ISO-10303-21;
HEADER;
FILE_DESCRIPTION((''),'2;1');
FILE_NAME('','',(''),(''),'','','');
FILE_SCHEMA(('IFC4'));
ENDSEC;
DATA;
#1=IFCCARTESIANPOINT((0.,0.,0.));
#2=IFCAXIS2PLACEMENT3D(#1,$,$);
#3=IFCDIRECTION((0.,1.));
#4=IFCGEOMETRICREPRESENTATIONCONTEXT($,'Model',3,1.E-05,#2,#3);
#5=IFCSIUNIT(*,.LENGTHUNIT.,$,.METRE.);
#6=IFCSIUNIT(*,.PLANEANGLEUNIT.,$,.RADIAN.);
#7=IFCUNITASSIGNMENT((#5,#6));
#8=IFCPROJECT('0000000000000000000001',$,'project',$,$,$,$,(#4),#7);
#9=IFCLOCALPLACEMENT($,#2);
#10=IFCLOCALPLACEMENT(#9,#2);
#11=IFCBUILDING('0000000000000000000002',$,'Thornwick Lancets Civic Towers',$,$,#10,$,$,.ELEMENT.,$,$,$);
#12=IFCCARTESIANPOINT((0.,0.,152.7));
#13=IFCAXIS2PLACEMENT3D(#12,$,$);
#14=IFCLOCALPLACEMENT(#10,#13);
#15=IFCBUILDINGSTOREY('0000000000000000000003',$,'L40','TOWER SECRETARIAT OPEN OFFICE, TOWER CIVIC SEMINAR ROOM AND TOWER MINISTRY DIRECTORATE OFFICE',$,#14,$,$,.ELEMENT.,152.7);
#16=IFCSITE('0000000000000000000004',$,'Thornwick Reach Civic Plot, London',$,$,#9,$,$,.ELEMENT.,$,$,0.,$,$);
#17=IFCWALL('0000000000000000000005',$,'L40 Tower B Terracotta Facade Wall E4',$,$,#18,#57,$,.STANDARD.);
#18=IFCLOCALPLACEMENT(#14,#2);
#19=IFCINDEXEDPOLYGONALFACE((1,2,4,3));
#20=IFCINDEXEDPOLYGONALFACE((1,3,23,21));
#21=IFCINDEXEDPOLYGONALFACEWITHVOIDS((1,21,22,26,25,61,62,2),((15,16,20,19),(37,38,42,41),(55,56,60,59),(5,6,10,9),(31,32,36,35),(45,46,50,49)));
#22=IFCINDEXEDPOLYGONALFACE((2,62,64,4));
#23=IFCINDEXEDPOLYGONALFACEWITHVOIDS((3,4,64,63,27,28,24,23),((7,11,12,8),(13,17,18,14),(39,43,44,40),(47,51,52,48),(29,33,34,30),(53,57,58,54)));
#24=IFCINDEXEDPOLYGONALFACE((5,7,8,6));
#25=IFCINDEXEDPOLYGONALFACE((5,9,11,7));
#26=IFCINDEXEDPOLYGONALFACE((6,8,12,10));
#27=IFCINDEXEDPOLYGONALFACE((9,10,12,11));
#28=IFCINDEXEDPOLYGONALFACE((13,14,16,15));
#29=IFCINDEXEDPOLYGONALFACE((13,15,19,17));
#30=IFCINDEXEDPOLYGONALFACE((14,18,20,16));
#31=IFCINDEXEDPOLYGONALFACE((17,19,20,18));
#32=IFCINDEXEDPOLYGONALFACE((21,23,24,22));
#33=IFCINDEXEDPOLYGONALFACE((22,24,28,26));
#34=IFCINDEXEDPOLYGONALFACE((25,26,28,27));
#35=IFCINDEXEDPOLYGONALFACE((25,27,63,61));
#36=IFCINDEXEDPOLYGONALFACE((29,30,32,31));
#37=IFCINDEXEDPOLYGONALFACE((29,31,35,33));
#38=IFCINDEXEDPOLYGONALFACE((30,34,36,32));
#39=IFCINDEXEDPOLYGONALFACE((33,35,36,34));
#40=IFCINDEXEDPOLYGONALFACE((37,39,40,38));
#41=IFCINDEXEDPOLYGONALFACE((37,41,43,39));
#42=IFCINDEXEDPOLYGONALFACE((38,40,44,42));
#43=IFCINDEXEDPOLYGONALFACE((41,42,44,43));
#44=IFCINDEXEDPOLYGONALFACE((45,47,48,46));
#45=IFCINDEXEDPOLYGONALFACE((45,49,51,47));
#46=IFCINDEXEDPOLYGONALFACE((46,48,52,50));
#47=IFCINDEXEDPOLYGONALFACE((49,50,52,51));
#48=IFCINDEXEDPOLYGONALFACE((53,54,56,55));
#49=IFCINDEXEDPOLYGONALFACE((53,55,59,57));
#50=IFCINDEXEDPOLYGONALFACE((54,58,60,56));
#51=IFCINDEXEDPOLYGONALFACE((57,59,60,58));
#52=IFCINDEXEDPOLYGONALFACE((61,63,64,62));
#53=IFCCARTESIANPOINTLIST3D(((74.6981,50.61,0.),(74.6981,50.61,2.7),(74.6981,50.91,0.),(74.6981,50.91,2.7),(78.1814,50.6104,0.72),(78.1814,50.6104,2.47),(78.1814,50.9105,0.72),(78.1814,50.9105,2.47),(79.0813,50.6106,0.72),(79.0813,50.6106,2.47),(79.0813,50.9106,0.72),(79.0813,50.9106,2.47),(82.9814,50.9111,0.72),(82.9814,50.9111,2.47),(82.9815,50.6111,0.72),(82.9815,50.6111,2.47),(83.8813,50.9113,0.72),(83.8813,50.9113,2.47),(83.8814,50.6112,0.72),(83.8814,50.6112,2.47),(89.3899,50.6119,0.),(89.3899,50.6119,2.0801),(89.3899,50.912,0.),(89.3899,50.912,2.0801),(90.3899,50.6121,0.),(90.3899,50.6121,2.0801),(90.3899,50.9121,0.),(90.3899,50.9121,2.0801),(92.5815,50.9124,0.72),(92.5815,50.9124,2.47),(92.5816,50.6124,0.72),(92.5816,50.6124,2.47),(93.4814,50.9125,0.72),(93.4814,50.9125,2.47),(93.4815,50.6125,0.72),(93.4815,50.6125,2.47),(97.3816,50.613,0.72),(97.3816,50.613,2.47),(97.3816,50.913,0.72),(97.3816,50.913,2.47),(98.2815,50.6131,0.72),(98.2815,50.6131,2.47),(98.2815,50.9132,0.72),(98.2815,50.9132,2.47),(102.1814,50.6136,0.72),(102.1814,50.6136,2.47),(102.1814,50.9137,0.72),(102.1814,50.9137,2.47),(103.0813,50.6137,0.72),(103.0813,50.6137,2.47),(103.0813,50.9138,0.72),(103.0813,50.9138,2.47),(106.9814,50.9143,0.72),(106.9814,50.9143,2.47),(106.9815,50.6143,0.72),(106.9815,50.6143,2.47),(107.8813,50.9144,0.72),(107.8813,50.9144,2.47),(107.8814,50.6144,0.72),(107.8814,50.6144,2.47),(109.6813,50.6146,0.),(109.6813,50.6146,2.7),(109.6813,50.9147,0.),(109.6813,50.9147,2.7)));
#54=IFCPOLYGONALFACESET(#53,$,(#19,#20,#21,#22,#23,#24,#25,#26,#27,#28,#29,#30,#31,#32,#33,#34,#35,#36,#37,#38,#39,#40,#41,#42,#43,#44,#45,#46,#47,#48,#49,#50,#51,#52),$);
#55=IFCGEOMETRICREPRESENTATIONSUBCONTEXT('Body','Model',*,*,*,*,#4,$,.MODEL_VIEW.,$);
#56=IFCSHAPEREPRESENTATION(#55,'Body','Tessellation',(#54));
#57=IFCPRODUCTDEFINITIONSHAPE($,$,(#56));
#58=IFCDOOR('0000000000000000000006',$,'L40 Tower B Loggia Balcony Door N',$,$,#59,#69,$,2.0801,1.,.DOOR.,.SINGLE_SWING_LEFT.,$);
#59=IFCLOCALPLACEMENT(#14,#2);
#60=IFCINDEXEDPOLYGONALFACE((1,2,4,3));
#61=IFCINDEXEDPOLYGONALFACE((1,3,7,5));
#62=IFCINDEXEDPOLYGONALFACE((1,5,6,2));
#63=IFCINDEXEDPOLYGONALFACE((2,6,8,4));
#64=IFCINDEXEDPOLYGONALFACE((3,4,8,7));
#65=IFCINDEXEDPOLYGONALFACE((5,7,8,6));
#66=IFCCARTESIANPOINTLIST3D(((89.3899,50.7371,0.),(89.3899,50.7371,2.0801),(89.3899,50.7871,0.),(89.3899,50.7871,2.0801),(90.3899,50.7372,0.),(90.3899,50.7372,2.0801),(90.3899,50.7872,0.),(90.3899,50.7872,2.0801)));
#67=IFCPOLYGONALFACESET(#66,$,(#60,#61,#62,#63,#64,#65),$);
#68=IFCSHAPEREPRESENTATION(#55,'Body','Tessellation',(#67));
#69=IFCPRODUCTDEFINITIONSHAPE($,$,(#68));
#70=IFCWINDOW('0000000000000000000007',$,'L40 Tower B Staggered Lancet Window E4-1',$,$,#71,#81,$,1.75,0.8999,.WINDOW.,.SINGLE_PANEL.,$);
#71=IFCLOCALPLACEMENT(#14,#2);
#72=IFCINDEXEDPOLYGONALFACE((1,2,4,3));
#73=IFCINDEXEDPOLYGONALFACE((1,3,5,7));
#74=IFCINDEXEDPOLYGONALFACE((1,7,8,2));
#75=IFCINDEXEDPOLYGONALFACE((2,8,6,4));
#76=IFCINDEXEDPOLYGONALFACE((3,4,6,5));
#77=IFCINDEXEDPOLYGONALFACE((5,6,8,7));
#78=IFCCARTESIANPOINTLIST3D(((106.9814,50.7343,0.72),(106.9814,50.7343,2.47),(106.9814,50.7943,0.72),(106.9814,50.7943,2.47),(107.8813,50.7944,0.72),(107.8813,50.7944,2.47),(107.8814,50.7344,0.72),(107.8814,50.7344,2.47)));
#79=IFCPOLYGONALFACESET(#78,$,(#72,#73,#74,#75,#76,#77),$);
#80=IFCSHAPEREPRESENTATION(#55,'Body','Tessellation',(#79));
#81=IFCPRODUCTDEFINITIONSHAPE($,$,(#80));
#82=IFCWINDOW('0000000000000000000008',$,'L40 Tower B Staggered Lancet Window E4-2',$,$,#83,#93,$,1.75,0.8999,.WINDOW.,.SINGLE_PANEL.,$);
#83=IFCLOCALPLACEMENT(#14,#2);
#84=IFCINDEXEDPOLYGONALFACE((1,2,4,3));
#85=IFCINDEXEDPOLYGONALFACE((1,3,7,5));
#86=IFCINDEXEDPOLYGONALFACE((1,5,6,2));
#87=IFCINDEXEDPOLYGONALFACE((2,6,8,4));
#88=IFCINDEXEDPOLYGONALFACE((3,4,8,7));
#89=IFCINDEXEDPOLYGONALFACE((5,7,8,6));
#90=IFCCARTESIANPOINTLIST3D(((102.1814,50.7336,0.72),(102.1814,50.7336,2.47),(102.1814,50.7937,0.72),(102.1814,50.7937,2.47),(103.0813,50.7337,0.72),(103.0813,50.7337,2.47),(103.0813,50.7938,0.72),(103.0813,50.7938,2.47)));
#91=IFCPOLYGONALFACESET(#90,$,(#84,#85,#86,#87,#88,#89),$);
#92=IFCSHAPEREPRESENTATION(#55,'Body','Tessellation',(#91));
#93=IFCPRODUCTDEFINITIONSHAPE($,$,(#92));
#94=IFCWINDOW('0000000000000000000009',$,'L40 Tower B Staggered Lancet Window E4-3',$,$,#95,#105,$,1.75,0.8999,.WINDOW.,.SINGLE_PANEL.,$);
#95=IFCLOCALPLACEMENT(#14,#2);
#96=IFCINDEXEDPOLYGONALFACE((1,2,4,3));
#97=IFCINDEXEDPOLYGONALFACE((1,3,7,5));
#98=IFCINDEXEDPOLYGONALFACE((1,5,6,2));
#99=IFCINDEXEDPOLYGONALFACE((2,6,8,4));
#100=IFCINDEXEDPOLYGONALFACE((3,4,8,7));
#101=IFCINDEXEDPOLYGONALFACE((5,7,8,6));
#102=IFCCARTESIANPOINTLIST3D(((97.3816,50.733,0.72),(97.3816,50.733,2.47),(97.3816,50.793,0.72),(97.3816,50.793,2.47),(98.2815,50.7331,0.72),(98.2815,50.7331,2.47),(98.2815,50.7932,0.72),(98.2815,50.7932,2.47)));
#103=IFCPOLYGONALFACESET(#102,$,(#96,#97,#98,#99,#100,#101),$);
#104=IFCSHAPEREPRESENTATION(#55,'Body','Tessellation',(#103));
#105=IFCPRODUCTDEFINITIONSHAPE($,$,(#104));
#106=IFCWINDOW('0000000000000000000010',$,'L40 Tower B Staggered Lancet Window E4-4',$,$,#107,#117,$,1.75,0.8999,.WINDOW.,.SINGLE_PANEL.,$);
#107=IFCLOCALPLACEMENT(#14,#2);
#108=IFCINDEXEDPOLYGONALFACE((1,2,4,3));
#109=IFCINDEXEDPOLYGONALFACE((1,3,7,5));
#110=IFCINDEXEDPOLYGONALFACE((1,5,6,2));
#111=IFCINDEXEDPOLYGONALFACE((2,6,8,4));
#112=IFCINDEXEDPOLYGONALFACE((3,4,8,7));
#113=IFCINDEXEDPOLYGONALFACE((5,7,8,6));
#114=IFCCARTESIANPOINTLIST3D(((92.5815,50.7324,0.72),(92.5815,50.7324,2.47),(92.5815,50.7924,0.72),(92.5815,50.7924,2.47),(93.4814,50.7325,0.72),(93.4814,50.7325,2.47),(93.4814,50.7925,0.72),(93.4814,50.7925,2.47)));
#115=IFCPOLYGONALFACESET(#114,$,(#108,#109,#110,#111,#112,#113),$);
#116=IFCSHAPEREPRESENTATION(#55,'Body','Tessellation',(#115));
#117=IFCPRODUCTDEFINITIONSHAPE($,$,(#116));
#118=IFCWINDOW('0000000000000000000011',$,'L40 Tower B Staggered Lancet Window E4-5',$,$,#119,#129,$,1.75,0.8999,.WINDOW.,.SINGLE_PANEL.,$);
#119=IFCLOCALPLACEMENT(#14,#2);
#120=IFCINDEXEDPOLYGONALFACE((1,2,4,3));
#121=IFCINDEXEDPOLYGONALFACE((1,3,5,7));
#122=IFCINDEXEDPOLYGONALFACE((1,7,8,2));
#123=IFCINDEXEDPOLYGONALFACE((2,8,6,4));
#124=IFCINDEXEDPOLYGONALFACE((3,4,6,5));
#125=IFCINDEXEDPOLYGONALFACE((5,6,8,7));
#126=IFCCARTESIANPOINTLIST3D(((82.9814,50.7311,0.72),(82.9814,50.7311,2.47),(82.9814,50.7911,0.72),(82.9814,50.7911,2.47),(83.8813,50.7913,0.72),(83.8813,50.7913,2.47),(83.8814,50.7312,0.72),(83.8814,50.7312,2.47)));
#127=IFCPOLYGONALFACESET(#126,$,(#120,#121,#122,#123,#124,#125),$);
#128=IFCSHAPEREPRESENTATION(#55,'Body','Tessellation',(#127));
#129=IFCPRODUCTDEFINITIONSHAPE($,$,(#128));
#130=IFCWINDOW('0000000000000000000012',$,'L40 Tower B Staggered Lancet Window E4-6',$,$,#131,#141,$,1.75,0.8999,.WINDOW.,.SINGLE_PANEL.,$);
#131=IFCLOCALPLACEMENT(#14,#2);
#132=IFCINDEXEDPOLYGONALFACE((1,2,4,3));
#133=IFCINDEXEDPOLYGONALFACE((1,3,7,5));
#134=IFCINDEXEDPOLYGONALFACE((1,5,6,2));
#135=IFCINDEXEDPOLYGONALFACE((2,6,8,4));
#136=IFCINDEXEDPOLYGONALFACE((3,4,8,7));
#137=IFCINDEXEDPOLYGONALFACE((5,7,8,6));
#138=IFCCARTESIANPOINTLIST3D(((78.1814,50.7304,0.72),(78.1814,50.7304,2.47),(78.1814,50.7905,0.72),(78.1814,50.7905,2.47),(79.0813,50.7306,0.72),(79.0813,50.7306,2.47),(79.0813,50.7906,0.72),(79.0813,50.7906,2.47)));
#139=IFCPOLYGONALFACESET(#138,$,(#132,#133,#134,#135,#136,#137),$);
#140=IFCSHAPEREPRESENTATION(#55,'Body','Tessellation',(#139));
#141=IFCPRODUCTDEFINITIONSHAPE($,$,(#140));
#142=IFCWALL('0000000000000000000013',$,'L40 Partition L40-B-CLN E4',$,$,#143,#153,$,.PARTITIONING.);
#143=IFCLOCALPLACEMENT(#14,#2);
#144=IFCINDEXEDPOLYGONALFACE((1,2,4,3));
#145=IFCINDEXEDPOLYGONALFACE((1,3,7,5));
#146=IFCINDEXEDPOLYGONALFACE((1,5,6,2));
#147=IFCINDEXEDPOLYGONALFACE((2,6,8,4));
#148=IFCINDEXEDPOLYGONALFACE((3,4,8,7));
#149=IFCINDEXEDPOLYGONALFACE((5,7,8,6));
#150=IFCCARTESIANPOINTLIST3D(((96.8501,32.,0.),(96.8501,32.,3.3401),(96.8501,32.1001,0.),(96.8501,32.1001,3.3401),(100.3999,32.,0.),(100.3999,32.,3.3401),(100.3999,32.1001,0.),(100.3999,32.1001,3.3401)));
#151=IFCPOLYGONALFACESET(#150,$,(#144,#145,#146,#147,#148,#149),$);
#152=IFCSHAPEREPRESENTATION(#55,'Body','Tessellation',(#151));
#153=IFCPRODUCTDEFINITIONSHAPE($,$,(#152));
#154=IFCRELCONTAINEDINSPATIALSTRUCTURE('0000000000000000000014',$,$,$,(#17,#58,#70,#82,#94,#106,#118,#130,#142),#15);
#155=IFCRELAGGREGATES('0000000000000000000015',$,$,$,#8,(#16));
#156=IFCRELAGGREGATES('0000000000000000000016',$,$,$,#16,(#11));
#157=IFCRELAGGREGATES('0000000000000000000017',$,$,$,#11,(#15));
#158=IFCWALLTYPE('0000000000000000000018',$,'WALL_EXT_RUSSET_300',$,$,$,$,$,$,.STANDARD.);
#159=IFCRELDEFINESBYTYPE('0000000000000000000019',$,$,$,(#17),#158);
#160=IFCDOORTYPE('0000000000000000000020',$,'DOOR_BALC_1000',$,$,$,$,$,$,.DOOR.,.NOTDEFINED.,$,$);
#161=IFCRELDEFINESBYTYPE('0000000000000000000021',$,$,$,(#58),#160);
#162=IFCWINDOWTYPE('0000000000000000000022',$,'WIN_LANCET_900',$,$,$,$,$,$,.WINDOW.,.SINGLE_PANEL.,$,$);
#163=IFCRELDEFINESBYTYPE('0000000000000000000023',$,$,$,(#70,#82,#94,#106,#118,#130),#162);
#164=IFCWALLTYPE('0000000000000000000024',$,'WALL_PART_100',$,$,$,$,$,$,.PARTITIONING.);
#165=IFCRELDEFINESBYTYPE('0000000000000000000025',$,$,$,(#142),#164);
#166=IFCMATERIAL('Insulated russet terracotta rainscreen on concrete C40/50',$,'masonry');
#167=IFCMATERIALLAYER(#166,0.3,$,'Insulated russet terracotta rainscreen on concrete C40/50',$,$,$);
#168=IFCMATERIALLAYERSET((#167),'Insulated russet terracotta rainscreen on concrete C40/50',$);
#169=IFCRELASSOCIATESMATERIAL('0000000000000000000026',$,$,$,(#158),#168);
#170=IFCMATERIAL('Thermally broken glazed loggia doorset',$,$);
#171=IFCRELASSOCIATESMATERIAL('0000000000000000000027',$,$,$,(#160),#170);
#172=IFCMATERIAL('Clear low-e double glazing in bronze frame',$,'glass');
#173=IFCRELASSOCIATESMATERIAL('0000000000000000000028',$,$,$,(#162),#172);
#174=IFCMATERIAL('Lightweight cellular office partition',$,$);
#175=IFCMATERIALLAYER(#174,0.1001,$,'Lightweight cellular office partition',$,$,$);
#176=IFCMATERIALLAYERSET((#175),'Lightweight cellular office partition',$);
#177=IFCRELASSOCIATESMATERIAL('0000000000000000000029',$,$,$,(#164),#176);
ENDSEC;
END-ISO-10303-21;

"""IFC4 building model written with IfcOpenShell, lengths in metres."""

from ifc_helpers import new_model, si_unit, direction, frame, frame_2d, origin, place, context, subcontext, project, spatial, rectangle, extrude, material, layer, layer_set, type_object, element, fill, save


model = new_model("IFC4")

# Units and contexts
model_context = context("Model", 3, precision=1e-05, world=origin(), true_north=direction((0.0, 1.0)))
body_context = subcontext(model_context, "Body", "Model", "MODEL_VIEW")
ifc_project = project(units=[si_unit("LENGTHUNIT", "METRE"), si_unit("PLANEANGLEUNIT", "RADIAN")], contexts=[model_context])

# Site, building, storey
site_placement = place(None, origin())
site = spatial("IfcSite", under=ifc_project, at=site_placement, Name="Thornwick Reach Civic Plot, London", CompositionType="ELEMENT", RefElevation=0.0)
building_placement = place(site_placement, origin())
building = spatial("IfcBuilding", under=site, at=building_placement, Name="Thornwick Lancets Civic Towers", CompositionType="ELEMENT")
storey_placement = place(building_placement, frame((0.0, 0.0, 152.7)))
storey = spatial("IfcBuildingStorey", under=building, at=storey_placement, Name="L40", Description="TOWER SECRETARIAT OPEN OFFICE, TOWER CIVIC SEMINAR ROOM AND TOWER MINISTRY DIRECTORATE OFFICE", CompositionType="ELEMENT", Elevation=152.7)

# Wall, openings, door, windows
ifc_material_1 = material(Name="Insulated russet terracotta rainscreen on concrete C40/50", Category="masonry")
ifc_layer_1 = layer(ifc_material_1, 0.3, Name="Insulated russet terracotta rainscreen on concrete C40/50")
ifc_layer_set_1 = layer_set([ifc_layer_1], Name="Insulated russet terracotta rainscreen on concrete C40/50")
wall_type_1 = type_object("IfcWallType", Name="WALL_EXT_RUSSET_300", PredefinedType="STANDARD", material=ifc_layer_set_1)
wall_1_placement = place(storey_placement, frame((109.6814, 50.7646, 0.0), z_axis=(0.0, 0.0, 1.0), x_axis=(-1.0, -0.000133, 0.0)))
wall_1 = element("IfcWall", 1, at=wall_1_placement, inside=storey, type_object=wall_type_1, Name="L40 Tower B Terracotta Facade Wall E4", PredefinedType="STANDARD", context=body_context, shape_type="SweptSolid", body=[
    extrude(rectangle(XDim=34.9832, YDim=0.3, at=frame_2d((17.4917, 0.0))), origin(), (0.0, 0.0, 1.0), 2.7),
])
opening_1_placement = place(wall_1_placement, frame((19.2915, 0.0, 0.0)))
opening_1 = element("IfcOpeningElement", 2, at=opening_1_placement, cuts=wall_1, PredefinedType="OPENING", context=body_context, shape_type="SweptSolid", body=[
    extrude(rectangle(XDim=1.0, YDim=2.0801, at=frame_2d((0.5, 1.04))), frame((0.0, 0.1602, 0.0), z_axis=(0.0, -1.0, 0.0), x_axis=(1.0, 0.0, 0.0)), (0.0, 0.0, 1.0), 0.3201),
])
opening_2_placement = place(wall_1_placement, frame((1.8, 0.0, 0.72)))
opening_2 = element("IfcOpeningElement", 3, at=opening_2_placement, cuts=wall_1, PredefinedType="OPENING", context=body_context, shape_type="SweptSolid", body=[
    extrude(rectangle(XDim=0.8999, YDim=1.75, at=frame_2d((0.45, 0.875))), frame((0.0, 0.1602, 0.0), z_axis=(0.0, -1.0, 0.0), x_axis=(1.0, 0.0, 0.0)), (0.0, 0.0, 1.0), 0.3201),
])
opening_3_placement = place(wall_1_placement, frame((6.6001, 0.0, 0.72)))
opening_3 = element("IfcOpeningElement", 4, at=opening_3_placement, cuts=wall_1, PredefinedType="OPENING", context=body_context, shape_type="SweptSolid", body=[
    extrude(rectangle(XDim=0.8999, YDim=1.75, at=frame_2d((0.45, 0.875))), frame((0.0, 0.1602, 0.0), z_axis=(0.0, -1.0, 0.0), x_axis=(1.0, 0.0, 0.0)), (0.0, 0.0, 1.0), 0.3201),
])
opening_4_placement = place(wall_1_placement, frame((11.3999, 0.0, 0.72)))
opening_4 = element("IfcOpeningElement", 5, at=opening_4_placement, cuts=wall_1, PredefinedType="OPENING", context=body_context, shape_type="SweptSolid", body=[
    extrude(rectangle(XDim=0.8999, YDim=1.75, at=frame_2d((0.45, 0.875))), frame((0.0, 0.1602, 0.0), z_axis=(0.0, -1.0, 0.0), x_axis=(1.0, 0.0, 0.0)), (0.0, 0.0, 1.0), 0.3201),
])
opening_5_placement = place(wall_1_placement, frame((16.2, 0.0, 0.72)))
opening_5 = element("IfcOpeningElement", 6, at=opening_5_placement, cuts=wall_1, PredefinedType="OPENING", context=body_context, shape_type="SweptSolid", body=[
    extrude(rectangle(XDim=0.8999, YDim=1.75, at=frame_2d((0.45, 0.875))), frame((0.0, 0.1602, 0.0), z_axis=(0.0, -1.0, 0.0), x_axis=(1.0, 0.0, 0.0)), (0.0, 0.0, 1.0), 0.3201),
])
opening_6_placement = place(wall_1_placement, frame((25.8, 0.0, 0.72)))
opening_6 = element("IfcOpeningElement", 7, at=opening_6_placement, cuts=wall_1, PredefinedType="OPENING", context=body_context, shape_type="SweptSolid", body=[
    extrude(rectangle(XDim=0.8999, YDim=1.75, at=frame_2d((0.45, 0.875))), frame((0.0, 0.1602, 0.0), z_axis=(0.0, -1.0, 0.0), x_axis=(1.0, 0.0, 0.0)), (0.0, 0.0, 1.0), 0.3201),
])
opening_7_placement = place(wall_1_placement, frame((30.6001, 0.0, 0.72)))
opening_7 = element("IfcOpeningElement", 8, at=opening_7_placement, cuts=wall_1, PredefinedType="OPENING", context=body_context, shape_type="SweptSolid", body=[
    extrude(rectangle(XDim=0.8999, YDim=1.75, at=frame_2d((0.45, 0.875))), frame((0.0, 0.1602, 0.0), z_axis=(0.0, -1.0, 0.0), x_axis=(1.0, 0.0, 0.0)), (0.0, 0.0, 1.0), 0.3201),
])
ifc_material_2 = material(Name="Thermally broken glazed loggia doorset")
door_type = type_object("IfcDoorType", Name="DOOR_BALC_1000", OperationType="NOTDEFINED", PredefinedType="DOOR", material=ifc_material_2)
door_placement = place(opening_1_placement, origin())
door = element("IfcDoor", 9, at=door_placement, inside=storey, type_object=door_type, Name="L40 Tower B Loggia Balcony Door N", OperationType="SINGLE_SWING_LEFT", OverallHeight=2.0801, OverallWidth=1.0, PredefinedType="DOOR", context=body_context, shape_type="SweptSolid", body=[
    extrude(rectangle(XDim=1.0, YDim=2.0801, at=frame_2d((0.5, 1.04))), frame((0.0, 0.0249, 0.0), z_axis=(0.0, -1.0, 0.0), x_axis=(1.0, 0.0, 0.0)), (0.0, 0.0, 1.0), 0.05),
])
fill(opening_1, door)
ifc_material_3 = material(Name="Clear low-e double glazing in bronze frame", Category="glass")
window_type = type_object("IfcWindowType", Name="WIN_LANCET_900", PartitioningType="SINGLE_PANEL", PredefinedType="WINDOW", material=ifc_material_3)
window_1_placement = place(opening_2_placement, origin())
window_1 = element("IfcWindow", 10, at=window_1_placement, inside=storey, type_object=window_type, Name="L40 Tower B Staggered Lancet Window E4-1", OverallHeight=1.75, OverallWidth=0.8999, PartitioningType="SINGLE_PANEL", PredefinedType="WINDOW", context=body_context, shape_type="SweptSolid", body=[
    extrude(rectangle(XDim=0.8999, YDim=1.75, at=frame_2d((0.45, 0.875))), frame((0.0, 0.03, 0.0), z_axis=(0.0, -1.0, 0.0), x_axis=(1.0, 0.0, 0.0)), (0.0, 0.0, 1.0), 0.0601),
])
fill(opening_2, window_1)
window_2_placement = place(opening_3_placement, origin())
window_2 = element("IfcWindow", 11, at=window_2_placement, inside=storey, type_object=window_type, Name="L40 Tower B Staggered Lancet Window E4-2", OverallHeight=1.75, OverallWidth=0.8999, PartitioningType="SINGLE_PANEL", PredefinedType="WINDOW", context=body_context, shape_type="SweptSolid", body=[
    extrude(rectangle(XDim=0.8999, YDim=1.75, at=frame_2d((0.45, 0.875))), frame((0.0, 0.03, 0.0), z_axis=(0.0, -1.0, 0.0), x_axis=(1.0, 0.0, 0.0)), (0.0, 0.0, 1.0), 0.0601),
])
fill(opening_3, window_2)
window_3_placement = place(opening_4_placement, origin())
window_3 = element("IfcWindow", 12, at=window_3_placement, inside=storey, type_object=window_type, Name="L40 Tower B Staggered Lancet Window E4-3", OverallHeight=1.75, OverallWidth=0.8999, PartitioningType="SINGLE_PANEL", PredefinedType="WINDOW", context=body_context, shape_type="SweptSolid", body=[
    extrude(rectangle(XDim=0.8999, YDim=1.75, at=frame_2d((0.45, 0.875))), frame((0.0, 0.03, 0.0), z_axis=(0.0, -1.0, 0.0), x_axis=(1.0, 0.0, 0.0)), (0.0, 0.0, 1.0), 0.0601),
])
fill(opening_4, window_3)
window_4_placement = place(opening_5_placement, origin())
window_4 = element("IfcWindow", 13, at=window_4_placement, inside=storey, type_object=window_type, Name="L40 Tower B Staggered Lancet Window E4-4", OverallHeight=1.75, OverallWidth=0.8999, PartitioningType="SINGLE_PANEL", PredefinedType="WINDOW", context=body_context, shape_type="SweptSolid", body=[
    extrude(rectangle(XDim=0.8999, YDim=1.75, at=frame_2d((0.45, 0.875))), frame((0.0, 0.03, 0.0), z_axis=(0.0, -1.0, 0.0), x_axis=(1.0, 0.0, 0.0)), (0.0, 0.0, 1.0), 0.0601),
])
fill(opening_5, window_4)
window_5_placement = place(opening_6_placement, origin())
window_5 = element("IfcWindow", 14, at=window_5_placement, inside=storey, type_object=window_type, Name="L40 Tower B Staggered Lancet Window E4-5", OverallHeight=1.75, OverallWidth=0.8999, PartitioningType="SINGLE_PANEL", PredefinedType="WINDOW", context=body_context, shape_type="SweptSolid", body=[
    extrude(rectangle(XDim=0.8999, YDim=1.75, at=frame_2d((0.45, 0.875))), frame((0.0, 0.03, 0.0), z_axis=(0.0, -1.0, 0.0), x_axis=(1.0, 0.0, 0.0)), (0.0, 0.0, 1.0), 0.0601),
])
fill(opening_6, window_5)
window_6_placement = place(opening_7_placement, origin())
window_6 = element("IfcWindow", 15, at=window_6_placement, inside=storey, type_object=window_type, Name="L40 Tower B Staggered Lancet Window E4-6", OverallHeight=1.75, OverallWidth=0.8999, PartitioningType="SINGLE_PANEL", PredefinedType="WINDOW", context=body_context, shape_type="SweptSolid", body=[
    extrude(rectangle(XDim=0.8999, YDim=1.75, at=frame_2d((0.45, 0.875))), frame((0.0, 0.03, 0.0), z_axis=(0.0, -1.0, 0.0), x_axis=(1.0, 0.0, 0.0)), (0.0, 0.0, 1.0), 0.0601),
])
fill(opening_7, window_6)

# Wall
ifc_material_4 = material(Name="Lightweight cellular office partition")
ifc_layer_2 = layer(ifc_material_4, 0.1001, Name="Lightweight cellular office partition")
ifc_layer_set_2 = layer_set([ifc_layer_2], Name="Lightweight cellular office partition")
wall_type_2 = type_object("IfcWallType", Name="WALL_PART_100", PredefinedType="PARTITIONING", material=ifc_layer_set_2)
wall_2_placement = place(storey_placement, frame((100.3999, 32.05, 0.0), z_axis=(0.0, 0.0, 1.0), x_axis=(-1.0, 0.0, 0.0)))
element("IfcWall", 16, at=wall_2_placement, inside=storey, type_object=wall_type_2, Name="L40 Partition L40-B-CLN E4", PredefinedType="PARTITIONING", context=body_context, shape_type="SweptSolid", body=[
    extrude(rectangle(XDim=3.5498, YDim=0.1001, at=frame_2d((1.7749, 0.0))), origin(), (0.0, 0.0, 1.0), 3.3401),
])

save(model, "model.ifc")
